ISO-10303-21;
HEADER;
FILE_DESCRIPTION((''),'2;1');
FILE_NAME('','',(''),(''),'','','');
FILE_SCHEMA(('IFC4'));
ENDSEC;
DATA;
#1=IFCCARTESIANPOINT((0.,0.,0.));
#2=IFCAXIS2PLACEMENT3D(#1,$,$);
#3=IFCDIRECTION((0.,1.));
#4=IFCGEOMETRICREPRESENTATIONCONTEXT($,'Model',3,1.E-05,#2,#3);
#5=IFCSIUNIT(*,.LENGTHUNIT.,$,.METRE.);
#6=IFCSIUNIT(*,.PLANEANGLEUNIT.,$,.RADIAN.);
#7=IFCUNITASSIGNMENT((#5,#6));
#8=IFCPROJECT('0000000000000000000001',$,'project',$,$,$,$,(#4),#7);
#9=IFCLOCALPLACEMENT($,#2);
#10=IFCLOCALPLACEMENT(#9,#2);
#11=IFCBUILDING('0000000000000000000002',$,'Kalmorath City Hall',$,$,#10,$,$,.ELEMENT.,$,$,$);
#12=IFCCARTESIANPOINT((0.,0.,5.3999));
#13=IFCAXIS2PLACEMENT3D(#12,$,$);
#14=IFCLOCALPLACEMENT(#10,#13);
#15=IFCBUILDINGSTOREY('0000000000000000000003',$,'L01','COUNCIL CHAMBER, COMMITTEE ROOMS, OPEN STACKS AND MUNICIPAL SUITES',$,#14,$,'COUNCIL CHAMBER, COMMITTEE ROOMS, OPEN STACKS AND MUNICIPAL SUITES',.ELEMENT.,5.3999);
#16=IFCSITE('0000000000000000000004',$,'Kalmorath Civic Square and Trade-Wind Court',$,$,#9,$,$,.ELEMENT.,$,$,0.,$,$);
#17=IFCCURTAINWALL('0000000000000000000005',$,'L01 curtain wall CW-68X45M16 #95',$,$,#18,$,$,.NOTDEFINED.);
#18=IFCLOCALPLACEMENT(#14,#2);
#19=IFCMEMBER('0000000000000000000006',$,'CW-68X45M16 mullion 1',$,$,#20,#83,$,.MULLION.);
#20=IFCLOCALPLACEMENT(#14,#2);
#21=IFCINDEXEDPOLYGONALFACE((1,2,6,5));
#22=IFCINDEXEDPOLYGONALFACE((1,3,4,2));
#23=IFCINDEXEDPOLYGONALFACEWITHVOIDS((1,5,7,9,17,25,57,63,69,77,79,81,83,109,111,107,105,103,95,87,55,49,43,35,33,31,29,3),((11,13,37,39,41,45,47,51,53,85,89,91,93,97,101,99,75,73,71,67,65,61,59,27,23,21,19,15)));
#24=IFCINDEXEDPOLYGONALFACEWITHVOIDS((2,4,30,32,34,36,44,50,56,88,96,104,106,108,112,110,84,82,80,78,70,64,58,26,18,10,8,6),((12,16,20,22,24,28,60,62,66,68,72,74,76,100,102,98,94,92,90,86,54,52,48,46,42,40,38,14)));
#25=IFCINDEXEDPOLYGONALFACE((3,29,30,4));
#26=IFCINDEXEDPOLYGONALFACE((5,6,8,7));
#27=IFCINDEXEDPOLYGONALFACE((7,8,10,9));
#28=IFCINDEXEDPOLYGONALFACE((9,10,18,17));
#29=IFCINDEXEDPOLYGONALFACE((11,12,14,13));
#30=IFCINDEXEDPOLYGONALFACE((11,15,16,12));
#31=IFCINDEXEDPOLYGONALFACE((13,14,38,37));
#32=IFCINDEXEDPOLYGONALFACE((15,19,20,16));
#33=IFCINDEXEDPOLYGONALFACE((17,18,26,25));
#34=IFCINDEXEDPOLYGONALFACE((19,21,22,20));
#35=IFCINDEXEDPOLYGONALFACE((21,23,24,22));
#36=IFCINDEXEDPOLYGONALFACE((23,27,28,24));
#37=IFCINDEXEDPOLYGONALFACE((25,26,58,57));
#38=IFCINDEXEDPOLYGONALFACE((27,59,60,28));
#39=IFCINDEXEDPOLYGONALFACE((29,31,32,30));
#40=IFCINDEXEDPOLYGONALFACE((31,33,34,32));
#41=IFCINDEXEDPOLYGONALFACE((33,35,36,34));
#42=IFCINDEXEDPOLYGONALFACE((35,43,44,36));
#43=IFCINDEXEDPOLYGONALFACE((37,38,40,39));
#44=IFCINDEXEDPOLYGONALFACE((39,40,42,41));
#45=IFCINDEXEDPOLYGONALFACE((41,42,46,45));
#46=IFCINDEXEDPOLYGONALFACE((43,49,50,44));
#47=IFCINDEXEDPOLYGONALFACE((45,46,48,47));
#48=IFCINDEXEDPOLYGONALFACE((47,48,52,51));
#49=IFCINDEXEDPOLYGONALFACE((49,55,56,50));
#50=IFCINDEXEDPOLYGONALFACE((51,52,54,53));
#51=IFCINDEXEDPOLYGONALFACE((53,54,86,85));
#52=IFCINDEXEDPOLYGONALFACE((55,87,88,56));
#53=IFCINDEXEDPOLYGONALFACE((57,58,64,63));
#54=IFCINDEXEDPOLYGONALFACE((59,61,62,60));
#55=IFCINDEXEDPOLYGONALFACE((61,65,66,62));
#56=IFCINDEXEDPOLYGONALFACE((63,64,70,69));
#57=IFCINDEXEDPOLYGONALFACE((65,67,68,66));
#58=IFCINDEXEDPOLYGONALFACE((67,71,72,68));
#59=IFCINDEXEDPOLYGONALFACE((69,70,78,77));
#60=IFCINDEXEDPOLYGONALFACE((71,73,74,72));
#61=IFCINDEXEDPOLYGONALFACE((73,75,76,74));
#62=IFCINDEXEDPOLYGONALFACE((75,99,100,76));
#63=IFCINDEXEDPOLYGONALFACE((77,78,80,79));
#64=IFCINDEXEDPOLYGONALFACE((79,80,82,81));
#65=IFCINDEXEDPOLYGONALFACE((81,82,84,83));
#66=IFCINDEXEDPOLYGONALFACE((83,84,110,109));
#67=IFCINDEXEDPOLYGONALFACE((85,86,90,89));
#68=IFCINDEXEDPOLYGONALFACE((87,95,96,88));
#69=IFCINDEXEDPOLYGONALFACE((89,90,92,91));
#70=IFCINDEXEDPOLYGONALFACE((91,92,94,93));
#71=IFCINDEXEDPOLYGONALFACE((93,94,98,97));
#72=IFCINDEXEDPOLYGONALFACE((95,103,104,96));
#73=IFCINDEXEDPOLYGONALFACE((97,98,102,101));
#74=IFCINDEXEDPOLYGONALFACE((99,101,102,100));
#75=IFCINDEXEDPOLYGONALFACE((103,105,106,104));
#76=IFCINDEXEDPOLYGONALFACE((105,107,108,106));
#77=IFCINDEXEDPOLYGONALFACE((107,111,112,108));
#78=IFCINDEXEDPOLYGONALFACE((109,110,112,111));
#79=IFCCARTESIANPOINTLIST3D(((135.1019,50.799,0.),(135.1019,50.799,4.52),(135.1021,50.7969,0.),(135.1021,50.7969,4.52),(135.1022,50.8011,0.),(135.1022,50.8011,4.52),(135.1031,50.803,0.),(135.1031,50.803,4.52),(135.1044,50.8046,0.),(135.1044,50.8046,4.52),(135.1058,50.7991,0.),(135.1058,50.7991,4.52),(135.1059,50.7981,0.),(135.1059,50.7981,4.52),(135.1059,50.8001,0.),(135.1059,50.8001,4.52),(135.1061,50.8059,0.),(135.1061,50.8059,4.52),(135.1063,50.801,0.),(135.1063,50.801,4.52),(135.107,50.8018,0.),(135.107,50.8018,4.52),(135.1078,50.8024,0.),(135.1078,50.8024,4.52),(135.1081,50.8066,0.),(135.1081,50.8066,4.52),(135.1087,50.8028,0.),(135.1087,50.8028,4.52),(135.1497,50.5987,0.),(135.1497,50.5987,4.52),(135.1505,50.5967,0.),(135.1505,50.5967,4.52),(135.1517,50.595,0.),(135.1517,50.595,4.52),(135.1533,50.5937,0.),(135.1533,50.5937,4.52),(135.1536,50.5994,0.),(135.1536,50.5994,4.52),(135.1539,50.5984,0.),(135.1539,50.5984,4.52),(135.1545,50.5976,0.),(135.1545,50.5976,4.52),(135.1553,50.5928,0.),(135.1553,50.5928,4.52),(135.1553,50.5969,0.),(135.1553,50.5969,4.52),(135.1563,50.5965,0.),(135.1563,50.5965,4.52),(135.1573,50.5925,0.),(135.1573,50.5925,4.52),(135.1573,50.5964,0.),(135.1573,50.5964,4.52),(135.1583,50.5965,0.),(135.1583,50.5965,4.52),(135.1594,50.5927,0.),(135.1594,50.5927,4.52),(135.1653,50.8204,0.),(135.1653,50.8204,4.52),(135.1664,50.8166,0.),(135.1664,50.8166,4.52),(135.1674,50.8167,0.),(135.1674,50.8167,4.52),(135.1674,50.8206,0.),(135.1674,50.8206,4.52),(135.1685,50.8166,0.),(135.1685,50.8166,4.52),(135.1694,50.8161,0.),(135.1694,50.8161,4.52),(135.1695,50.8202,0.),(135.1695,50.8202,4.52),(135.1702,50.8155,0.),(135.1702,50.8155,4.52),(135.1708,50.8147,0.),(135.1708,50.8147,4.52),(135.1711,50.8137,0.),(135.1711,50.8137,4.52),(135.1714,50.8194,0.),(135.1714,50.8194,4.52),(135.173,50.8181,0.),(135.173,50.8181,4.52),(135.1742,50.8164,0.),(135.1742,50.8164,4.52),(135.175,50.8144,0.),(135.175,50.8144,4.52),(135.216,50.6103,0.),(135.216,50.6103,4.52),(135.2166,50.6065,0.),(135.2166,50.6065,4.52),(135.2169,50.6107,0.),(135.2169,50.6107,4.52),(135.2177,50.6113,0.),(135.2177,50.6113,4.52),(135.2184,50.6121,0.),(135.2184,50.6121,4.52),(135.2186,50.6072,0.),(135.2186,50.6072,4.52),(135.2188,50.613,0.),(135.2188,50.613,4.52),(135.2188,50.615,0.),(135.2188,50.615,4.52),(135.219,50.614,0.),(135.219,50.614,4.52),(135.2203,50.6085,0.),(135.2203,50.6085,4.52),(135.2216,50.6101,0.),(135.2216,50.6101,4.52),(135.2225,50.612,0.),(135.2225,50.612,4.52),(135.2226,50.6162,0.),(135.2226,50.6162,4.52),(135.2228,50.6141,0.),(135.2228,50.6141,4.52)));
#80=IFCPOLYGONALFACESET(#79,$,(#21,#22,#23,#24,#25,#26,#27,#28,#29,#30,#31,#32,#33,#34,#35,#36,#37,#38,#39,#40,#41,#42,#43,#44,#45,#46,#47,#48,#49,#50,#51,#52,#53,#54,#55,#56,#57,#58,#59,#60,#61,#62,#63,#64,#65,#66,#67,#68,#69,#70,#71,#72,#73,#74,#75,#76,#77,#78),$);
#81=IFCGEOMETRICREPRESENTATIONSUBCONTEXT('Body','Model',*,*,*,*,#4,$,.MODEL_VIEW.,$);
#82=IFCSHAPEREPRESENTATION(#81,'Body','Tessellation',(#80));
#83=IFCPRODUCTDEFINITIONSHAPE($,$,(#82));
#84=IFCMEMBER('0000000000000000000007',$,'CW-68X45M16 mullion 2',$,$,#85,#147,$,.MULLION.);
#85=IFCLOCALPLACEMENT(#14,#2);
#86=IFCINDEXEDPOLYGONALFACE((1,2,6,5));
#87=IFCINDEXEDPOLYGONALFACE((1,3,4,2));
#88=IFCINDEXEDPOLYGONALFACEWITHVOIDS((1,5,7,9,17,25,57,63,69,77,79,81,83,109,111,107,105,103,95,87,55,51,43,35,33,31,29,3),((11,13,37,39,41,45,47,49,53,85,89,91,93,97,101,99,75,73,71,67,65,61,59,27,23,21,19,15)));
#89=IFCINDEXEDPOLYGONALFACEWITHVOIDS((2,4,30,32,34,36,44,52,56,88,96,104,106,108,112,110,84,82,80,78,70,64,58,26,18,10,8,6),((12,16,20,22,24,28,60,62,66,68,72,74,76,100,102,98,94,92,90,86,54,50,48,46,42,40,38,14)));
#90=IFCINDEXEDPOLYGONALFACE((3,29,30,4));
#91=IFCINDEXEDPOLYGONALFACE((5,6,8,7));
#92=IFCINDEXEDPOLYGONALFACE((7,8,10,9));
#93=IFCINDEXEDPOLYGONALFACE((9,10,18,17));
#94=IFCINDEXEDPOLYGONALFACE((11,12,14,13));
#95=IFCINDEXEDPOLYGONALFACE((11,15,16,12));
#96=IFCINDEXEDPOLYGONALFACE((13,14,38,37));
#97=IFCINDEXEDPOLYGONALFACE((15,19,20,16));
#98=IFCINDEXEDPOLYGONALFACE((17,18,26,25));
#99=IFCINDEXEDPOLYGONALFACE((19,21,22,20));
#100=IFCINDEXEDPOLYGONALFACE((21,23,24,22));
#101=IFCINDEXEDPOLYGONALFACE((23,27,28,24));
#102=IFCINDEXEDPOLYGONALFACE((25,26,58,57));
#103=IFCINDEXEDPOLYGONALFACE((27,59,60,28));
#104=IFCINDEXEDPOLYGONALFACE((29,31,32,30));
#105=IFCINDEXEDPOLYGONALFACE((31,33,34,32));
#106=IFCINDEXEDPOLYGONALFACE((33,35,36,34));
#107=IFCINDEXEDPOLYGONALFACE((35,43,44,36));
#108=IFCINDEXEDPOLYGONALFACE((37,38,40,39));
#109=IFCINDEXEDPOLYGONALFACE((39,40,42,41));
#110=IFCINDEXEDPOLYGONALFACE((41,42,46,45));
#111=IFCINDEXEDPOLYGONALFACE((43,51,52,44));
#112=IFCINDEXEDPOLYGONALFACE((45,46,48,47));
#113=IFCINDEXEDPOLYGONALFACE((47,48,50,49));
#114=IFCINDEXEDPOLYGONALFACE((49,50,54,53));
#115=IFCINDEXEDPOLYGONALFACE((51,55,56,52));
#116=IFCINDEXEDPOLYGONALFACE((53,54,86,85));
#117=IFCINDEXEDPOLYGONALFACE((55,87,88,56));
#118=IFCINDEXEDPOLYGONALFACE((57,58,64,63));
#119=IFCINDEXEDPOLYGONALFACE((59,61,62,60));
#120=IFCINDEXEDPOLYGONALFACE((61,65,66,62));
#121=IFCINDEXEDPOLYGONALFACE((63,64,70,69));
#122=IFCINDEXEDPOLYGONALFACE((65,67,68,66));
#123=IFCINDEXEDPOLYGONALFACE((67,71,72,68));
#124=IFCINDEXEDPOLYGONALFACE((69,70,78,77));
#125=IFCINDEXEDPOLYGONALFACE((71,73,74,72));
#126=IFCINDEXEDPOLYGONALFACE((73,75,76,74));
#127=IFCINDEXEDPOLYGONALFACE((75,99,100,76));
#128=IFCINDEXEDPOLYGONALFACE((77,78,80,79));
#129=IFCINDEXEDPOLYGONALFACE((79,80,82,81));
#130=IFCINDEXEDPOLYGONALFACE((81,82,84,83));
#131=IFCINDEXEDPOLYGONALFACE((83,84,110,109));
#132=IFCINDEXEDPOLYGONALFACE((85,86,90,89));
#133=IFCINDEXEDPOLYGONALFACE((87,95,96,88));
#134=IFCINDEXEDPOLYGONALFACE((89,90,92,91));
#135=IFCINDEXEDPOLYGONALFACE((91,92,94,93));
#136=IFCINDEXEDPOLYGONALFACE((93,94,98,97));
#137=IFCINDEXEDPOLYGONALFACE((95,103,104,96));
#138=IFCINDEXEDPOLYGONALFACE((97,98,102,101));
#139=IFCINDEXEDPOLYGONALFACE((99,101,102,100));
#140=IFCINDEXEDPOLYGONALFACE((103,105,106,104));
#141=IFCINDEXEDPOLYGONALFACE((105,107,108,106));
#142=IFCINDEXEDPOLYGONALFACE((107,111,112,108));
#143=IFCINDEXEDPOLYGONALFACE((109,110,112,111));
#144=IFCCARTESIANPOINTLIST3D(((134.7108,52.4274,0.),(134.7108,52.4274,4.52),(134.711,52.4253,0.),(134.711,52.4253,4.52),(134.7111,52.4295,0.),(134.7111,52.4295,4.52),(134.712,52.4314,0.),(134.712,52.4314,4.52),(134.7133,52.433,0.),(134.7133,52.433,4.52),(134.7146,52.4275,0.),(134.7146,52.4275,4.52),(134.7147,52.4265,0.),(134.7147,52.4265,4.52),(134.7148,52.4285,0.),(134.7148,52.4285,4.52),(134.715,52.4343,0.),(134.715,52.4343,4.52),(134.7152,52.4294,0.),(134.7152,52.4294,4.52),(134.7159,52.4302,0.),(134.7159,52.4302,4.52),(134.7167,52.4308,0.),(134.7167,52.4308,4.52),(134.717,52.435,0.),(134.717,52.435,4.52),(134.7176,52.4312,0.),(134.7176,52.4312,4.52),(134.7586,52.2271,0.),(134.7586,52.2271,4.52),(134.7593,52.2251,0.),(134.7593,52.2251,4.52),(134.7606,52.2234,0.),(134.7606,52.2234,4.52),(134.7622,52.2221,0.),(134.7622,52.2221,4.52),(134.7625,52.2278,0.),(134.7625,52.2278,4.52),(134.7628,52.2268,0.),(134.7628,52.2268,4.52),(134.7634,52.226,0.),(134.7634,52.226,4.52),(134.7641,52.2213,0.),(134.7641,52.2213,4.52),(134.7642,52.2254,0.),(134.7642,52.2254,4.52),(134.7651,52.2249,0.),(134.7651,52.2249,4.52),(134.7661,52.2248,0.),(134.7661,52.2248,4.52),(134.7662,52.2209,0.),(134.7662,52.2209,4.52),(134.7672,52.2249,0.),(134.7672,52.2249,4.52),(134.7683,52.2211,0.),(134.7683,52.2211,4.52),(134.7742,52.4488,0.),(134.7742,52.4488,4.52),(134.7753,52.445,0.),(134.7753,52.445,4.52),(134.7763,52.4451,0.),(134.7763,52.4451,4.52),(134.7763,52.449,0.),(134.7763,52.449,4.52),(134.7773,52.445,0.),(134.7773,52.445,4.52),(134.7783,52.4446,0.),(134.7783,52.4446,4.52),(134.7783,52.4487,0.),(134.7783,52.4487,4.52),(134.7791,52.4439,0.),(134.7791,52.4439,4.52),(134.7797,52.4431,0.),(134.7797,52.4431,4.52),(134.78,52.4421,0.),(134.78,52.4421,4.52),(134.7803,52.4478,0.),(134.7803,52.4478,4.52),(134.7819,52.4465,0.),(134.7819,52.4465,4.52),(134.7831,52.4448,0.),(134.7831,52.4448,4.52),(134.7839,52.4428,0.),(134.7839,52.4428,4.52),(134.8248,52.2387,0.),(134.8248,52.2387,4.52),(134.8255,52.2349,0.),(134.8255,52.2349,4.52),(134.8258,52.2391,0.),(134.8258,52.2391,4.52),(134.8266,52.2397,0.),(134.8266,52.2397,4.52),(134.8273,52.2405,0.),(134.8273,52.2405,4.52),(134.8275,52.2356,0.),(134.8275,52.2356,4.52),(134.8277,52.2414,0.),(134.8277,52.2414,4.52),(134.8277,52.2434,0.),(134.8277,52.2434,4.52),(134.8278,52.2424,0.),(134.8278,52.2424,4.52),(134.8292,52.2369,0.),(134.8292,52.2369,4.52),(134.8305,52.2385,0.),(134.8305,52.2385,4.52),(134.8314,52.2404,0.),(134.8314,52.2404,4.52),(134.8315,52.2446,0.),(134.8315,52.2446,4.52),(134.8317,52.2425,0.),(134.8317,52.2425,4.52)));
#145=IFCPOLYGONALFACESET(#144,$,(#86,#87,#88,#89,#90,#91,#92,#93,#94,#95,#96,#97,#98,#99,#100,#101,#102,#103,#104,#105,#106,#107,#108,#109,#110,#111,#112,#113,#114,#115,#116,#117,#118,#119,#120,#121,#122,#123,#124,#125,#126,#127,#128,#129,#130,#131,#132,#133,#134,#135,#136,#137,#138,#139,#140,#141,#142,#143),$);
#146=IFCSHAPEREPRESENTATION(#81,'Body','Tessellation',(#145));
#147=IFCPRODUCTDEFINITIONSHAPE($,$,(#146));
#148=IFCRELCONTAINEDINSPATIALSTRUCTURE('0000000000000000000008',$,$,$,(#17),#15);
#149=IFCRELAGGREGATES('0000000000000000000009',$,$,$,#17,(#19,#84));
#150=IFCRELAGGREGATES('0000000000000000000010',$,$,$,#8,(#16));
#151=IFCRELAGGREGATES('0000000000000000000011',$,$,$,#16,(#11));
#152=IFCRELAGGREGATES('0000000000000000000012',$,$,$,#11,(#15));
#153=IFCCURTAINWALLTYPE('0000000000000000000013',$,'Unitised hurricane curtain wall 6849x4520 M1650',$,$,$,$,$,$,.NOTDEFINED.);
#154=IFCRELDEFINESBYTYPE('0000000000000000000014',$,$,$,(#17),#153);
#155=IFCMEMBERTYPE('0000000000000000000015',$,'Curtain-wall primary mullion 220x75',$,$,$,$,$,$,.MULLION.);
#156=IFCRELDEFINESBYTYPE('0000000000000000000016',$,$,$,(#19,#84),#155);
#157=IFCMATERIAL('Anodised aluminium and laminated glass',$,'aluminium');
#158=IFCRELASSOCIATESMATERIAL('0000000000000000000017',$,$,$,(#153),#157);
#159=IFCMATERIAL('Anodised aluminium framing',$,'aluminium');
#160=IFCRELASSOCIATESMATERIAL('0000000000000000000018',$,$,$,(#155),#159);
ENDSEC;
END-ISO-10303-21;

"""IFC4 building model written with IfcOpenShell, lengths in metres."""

from ifc_helpers import new_model, si_unit, direction, frame, origin, origin_2d, place, context, subcontext, project, spatial, hollow_rectangle, extrude, material, material_profile, profile_set, type_object, element, aggregate, save


model = new_model("IFC4")

# Units and contexts
model_context = context("Model", 3, precision=1e-05, world=origin(), true_north=direction((0.0, 1.0)))
body_context = subcontext(model_context, "Body", "Model", "MODEL_VIEW")
ifc_project = project(units=[si_unit("LENGTHUNIT", "METRE"), si_unit("PLANEANGLEUNIT", "RADIAN")], contexts=[model_context])

# Site, building, storey
site_placement = place(None, origin())
site = spatial("IfcSite", under=ifc_project, at=site_placement, Name="Kalmorath Civic Square and Trade-Wind Court", CompositionType="ELEMENT", RefElevation=0.0)
building_placement = place(site_placement, origin())
building = spatial("IfcBuilding", under=site, at=building_placement, Name="Kalmorath City Hall", CompositionType="ELEMENT")
storey_placement = place(building_placement, frame((0.0, 0.0, 5.3999)))
storey = spatial("IfcBuildingStorey", under=building, at=storey_placement, Name="L01", Description="COUNCIL CHAMBER, COMMITTEE ROOMS, OPEN STACKS AND MUNICIPAL SUITES", LongName="COUNCIL CHAMBER, COMMITTEE ROOMS, OPEN STACKS AND MUNICIPAL SUITES", CompositionType="ELEMENT", Elevation=5.3999)

# Curtain wall
ifc_material_1 = material(Name="Anodised aluminium and laminated glass", Category="aluminium")
curtain_wall_type_1 = type_object("IfcCurtainWallType", Name="Unitised hurricane curtain wall 6849x4520 M1650", PredefinedType="NOTDEFINED", material=ifc_material_1)
curtain_wall_1_placement = place(storey_placement, origin())
curtain_wall_1 = element("IfcCurtainWall", 1, at=curtain_wall_1_placement, inside=storey, type_object=curtain_wall_type_1, Name="L01 curtain wall CW-68X45M16 #95", PredefinedType="NOTDEFINED")

# Members
ifc_material_2 = material(Name="Anodised aluminium framing", Category="aluminium")
ifc_material_profile_1 = material_profile(ifc_material_2, hollow_rectangle(XDim=0.075, YDim=0.22, WallThickness=0.0039, InnerFilletRadius=0.0039, OuterFilletRadius=0.0081, at=origin_2d()), Name="ALU-MUL-220X75X4")
ifc_profile_set_1 = profile_set([ifc_material_profile_1], Name="Anodised aluminium framing")
member_type_1 = type_object("IfcMemberType", Name="Curtain-wall primary mullion 220x75", PredefinedType="MULLION", material=ifc_profile_set_1)
member_1_placement = place(storey_placement, frame((135.1624, 50.7065, 0.0), z_axis=(0.0, 0.0, 1.0), x_axis=(-0.972367, -0.233456, 0.0)))
member_1 = element("IfcMember", 2, at=member_1_placement, type_object=member_type_1, Name="CW-68X45M16 mullion 1", PredefinedType="MULLION", context=body_context, shape_type="SweptSolid", body=[
    extrude(hollow_rectangle(XDim=0.075, YDim=0.22, WallThickness=0.0039, InnerFilletRadius=0.0039, OuterFilletRadius=0.0081, at=origin_2d()), origin(), (0.0, 0.0, 1.0), 4.52),
])
member_2_placement = place(storey_placement, frame((134.7712, 52.335, 0.0), z_axis=(0.0, 0.0, 1.0), x_axis=(-0.972367, -0.233456, 0.0)))
member_2 = element("IfcMember", 3, at=member_2_placement, type_object=member_type_1, Name="CW-68X45M16 mullion 2", PredefinedType="MULLION", context=body_context, shape_type="SweptSolid", body=[
    extrude(hollow_rectangle(XDim=0.075, YDim=0.22, WallThickness=0.0039, InnerFilletRadius=0.0039, OuterFilletRadius=0.0081, at=origin_2d()), origin(), (0.0, 0.0, 1.0), 4.52),
])

aggregate(curtain_wall_1, [member_1, member_2])

save(model, "model.ifc")
